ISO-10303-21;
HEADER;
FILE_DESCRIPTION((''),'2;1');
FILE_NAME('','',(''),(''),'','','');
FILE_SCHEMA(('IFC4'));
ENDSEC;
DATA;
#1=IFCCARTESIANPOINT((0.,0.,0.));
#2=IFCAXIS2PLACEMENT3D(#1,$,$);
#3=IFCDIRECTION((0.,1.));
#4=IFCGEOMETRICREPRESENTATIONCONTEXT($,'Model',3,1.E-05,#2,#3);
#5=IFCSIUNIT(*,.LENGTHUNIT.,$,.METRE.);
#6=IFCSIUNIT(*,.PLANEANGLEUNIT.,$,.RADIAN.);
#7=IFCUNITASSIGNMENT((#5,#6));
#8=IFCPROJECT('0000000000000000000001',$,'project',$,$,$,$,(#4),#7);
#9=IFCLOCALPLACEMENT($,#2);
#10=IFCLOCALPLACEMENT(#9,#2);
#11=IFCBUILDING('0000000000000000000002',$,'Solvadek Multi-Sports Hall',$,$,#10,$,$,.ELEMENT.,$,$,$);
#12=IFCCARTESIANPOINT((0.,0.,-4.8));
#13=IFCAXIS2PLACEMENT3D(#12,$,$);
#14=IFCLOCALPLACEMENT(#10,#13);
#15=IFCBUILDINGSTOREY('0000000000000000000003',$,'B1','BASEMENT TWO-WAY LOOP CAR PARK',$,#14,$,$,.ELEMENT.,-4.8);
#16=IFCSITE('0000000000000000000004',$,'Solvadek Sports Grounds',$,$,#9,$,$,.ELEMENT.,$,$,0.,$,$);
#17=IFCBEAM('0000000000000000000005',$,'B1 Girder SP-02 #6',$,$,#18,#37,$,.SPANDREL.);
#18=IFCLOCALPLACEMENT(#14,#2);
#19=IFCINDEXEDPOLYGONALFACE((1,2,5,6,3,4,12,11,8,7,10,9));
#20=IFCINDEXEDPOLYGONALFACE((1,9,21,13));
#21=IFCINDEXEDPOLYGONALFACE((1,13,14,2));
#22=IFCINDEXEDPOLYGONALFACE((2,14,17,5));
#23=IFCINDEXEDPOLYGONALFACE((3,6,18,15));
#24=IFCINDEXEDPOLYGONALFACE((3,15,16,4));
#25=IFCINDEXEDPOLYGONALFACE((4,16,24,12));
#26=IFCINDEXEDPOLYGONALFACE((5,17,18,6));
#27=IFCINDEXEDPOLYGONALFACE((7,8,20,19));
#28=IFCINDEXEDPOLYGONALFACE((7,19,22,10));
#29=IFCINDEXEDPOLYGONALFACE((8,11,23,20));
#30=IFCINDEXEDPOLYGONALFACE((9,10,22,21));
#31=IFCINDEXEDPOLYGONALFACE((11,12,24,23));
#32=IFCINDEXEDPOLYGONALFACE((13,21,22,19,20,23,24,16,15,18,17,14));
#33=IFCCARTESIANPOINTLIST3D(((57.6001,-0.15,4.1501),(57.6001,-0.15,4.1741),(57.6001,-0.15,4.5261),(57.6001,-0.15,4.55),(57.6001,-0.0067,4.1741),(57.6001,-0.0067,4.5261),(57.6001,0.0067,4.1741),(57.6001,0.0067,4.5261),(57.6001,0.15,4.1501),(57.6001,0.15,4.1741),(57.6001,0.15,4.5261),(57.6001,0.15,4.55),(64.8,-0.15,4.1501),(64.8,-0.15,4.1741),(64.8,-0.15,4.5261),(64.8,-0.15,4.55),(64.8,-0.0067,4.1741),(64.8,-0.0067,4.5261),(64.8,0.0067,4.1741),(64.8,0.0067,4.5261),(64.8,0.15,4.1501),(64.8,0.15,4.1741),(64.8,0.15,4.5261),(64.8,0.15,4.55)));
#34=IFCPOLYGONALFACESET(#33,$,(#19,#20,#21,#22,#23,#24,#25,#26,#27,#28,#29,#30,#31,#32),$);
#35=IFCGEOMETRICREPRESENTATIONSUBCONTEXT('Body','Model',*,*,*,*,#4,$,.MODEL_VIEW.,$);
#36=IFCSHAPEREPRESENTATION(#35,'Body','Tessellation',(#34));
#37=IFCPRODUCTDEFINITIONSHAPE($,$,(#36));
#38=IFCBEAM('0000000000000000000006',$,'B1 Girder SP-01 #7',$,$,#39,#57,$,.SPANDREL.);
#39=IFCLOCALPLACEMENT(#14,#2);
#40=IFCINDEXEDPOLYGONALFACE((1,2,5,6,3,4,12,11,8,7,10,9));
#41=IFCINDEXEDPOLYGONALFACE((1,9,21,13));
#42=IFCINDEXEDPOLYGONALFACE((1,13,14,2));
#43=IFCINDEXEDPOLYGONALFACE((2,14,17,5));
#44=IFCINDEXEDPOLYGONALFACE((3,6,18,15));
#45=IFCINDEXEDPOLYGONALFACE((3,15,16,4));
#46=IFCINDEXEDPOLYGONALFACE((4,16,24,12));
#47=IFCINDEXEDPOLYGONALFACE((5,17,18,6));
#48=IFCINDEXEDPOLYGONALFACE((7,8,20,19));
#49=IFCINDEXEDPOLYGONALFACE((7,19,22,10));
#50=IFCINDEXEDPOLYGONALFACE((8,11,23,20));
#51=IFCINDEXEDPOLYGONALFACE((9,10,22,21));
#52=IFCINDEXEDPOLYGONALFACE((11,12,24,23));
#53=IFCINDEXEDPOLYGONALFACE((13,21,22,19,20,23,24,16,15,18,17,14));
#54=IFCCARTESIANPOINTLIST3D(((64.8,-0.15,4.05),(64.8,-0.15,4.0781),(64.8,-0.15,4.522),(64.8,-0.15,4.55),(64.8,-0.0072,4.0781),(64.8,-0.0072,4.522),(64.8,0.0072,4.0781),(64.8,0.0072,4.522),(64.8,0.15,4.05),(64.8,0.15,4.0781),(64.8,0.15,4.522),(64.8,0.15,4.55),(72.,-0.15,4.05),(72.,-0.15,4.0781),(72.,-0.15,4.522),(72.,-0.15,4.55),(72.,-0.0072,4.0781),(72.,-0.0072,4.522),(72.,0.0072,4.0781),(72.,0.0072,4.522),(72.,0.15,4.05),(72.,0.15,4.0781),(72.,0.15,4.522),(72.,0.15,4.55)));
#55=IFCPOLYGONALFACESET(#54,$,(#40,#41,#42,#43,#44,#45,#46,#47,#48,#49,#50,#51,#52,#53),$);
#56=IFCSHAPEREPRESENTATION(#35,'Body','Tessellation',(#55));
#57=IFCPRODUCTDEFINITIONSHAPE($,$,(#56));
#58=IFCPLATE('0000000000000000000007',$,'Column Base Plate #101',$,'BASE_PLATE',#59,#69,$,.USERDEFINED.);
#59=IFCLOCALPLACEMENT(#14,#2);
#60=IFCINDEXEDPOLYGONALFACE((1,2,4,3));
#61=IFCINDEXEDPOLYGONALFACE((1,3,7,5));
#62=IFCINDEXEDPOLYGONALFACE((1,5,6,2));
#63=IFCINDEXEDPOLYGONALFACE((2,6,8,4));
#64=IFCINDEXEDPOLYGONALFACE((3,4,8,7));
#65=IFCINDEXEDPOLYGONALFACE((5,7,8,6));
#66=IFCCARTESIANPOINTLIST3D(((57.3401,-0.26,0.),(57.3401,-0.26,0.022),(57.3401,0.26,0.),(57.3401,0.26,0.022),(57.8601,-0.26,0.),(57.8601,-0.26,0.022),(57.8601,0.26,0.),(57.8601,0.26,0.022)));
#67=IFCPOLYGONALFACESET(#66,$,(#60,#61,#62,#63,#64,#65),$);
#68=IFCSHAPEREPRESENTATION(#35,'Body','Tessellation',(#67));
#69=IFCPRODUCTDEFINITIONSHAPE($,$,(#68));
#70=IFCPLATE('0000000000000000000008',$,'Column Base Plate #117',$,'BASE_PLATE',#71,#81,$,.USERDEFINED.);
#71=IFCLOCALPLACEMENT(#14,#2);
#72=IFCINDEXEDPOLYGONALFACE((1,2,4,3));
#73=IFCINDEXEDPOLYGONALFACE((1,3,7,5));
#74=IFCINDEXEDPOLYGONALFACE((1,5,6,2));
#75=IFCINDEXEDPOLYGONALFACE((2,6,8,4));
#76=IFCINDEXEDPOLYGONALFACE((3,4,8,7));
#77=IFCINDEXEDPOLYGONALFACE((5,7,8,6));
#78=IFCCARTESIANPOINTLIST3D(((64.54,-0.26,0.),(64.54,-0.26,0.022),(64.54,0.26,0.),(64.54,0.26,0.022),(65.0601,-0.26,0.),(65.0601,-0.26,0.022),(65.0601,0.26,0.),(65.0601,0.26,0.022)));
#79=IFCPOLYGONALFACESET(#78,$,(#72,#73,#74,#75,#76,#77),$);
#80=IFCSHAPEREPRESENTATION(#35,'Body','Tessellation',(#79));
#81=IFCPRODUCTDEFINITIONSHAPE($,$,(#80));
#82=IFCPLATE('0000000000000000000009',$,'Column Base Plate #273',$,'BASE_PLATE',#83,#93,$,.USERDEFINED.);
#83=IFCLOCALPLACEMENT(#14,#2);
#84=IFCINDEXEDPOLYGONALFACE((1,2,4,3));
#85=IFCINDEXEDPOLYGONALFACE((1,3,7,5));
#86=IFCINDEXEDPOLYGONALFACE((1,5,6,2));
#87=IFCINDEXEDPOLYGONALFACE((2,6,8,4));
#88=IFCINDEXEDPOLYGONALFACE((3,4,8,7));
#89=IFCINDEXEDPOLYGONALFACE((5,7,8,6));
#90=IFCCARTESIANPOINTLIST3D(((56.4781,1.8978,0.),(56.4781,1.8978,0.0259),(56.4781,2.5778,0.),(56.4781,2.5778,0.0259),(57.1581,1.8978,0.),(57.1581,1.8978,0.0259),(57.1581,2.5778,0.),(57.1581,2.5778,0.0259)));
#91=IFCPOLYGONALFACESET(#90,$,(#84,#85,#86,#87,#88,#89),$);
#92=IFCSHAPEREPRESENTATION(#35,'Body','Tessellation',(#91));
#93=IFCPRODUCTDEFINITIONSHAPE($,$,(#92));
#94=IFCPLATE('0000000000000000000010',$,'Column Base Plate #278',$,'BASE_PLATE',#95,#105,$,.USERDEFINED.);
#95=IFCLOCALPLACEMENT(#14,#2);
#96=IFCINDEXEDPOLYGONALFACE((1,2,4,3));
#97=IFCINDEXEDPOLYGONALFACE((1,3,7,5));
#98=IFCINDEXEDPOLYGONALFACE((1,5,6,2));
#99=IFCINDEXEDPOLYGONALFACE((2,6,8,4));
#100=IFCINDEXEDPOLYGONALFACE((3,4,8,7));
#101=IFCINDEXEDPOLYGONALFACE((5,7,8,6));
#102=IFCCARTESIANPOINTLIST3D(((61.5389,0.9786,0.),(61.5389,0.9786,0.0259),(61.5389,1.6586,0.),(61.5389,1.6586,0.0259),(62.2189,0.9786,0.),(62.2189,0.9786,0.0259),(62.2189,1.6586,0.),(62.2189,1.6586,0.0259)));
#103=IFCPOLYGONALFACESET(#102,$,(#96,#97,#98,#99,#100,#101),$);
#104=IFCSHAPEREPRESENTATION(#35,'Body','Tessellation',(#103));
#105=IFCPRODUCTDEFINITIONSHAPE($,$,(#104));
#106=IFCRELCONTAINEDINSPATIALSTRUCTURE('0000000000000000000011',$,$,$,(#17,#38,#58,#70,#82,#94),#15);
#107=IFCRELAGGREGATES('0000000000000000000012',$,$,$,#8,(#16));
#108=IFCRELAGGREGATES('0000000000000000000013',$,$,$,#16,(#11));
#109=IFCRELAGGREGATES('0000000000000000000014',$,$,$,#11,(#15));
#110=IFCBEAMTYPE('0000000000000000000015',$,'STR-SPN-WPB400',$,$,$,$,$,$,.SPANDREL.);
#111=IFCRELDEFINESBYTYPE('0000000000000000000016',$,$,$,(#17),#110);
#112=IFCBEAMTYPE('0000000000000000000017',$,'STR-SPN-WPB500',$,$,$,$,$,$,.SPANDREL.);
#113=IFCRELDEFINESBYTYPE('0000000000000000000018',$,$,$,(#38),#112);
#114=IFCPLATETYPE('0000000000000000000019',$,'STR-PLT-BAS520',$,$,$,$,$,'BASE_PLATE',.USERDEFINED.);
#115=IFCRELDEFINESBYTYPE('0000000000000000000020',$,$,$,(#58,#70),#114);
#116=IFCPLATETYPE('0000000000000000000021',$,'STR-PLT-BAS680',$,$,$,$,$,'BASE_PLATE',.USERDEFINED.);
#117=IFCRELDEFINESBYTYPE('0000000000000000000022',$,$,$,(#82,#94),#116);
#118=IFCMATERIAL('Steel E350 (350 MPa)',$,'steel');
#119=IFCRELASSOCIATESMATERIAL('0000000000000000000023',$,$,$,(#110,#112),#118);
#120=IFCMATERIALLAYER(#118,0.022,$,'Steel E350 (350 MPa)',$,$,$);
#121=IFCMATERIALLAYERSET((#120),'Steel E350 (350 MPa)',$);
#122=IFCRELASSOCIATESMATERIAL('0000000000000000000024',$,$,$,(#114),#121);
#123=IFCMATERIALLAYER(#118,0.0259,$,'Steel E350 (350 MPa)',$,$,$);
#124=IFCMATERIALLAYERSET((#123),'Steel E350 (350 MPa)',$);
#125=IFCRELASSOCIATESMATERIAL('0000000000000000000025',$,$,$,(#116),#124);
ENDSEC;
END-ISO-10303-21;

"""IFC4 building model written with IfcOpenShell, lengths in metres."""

from ifc_helpers import new_model, si_unit, direction, frame, origin, origin_2d, place, context, subcontext, project, spatial, rectangle, i_section, extrude, material, layer, layer_set, material_profile, profile_set, type_object, element, save


model = new_model("IFC4")

# Units and contexts
model_context = context("Model", 3, precision=1e-05, world=origin(), true_north=direction((0.0, 1.0)))
body_context = subcontext(model_context, "Body", "Model", "MODEL_VIEW")
ifc_project = project(units=[si_unit("LENGTHUNIT", "METRE"), si_unit("PLANEANGLEUNIT", "RADIAN")], contexts=[model_context])

# Site, building, storey
site_placement = place(None, origin())
site = spatial("IfcSite", under=ifc_project, at=site_placement, Name="Solvadek Sports Grounds", CompositionType="ELEMENT", RefElevation=0.0)
building_placement = place(site_placement, origin())
building = spatial("IfcBuilding", under=site, at=building_placement, Name="Solvadek Multi-Sports Hall", CompositionType="ELEMENT")
storey_placement = place(building_placement, frame((0.0, 0.0, -4.8)))
storey = spatial("IfcBuildingStorey", under=building, at=storey_placement, Name="B1", Description="BASEMENT TWO-WAY LOOP CAR PARK", CompositionType="ELEMENT", Elevation=-4.8)

# Shared definitions
ifc_material_1 = material(Name="Steel E350 (350 MPa)", Category="steel")

# Beams
ifc_material_profile_1 = material_profile(ifc_material_1, i_section(OverallWidth=0.3, OverallDepth=0.3999, WebThickness=0.0134, FlangeThickness=0.0239, at=origin_2d()), Name="WPB 400")
ifc_profile_set_1 = profile_set([ifc_material_profile_1], Name="Steel E350 (350 MPa)")
beam_type_1 = type_object("IfcBeamType", Name="STR-SPN-WPB400", PredefinedType="SPANDREL", material=ifc_profile_set_1)
beam_1_placement = place(storey_placement, frame((57.6001, 0.0, 4.3501), z_axis=(1.0, 0.0, 0.0), x_axis=(0.0, 1.0, 0.0)))
element("IfcBeam", 1, at=beam_1_placement, inside=storey, type_object=beam_type_1, Name="B1 Girder SP-02 #6", PredefinedType="SPANDREL", context=body_context, shape_type="SweptSolid", body=[
    extrude(i_section(OverallWidth=0.3, OverallDepth=0.3999, WebThickness=0.0134, FlangeThickness=0.0239, at=origin_2d()), origin(), (0.0, 0.0, 1.0), 7.2),
])
ifc_material_profile_2 = material_profile(ifc_material_1, i_section(OverallWidth=0.3, OverallDepth=0.5, WebThickness=0.0144, FlangeThickness=0.0281, at=origin_2d()), Name="WPB 500")
ifc_profile_set_2 = profile_set([ifc_material_profile_2], Name="Steel E350 (350 MPa)")
beam_type_2 = type_object("IfcBeamType", Name="STR-SPN-WPB500", PredefinedType="SPANDREL", material=ifc_profile_set_2)
beam_2_placement = place(storey_placement, frame((64.8, 0.0, 4.3), z_axis=(1.0, 0.0, 0.0), x_axis=(0.0, 1.0, 0.0)))
element("IfcBeam", 2, at=beam_2_placement, inside=storey, type_object=beam_type_2, Name="B1 Girder SP-01 #7", PredefinedType="SPANDREL", context=body_context, shape_type="SweptSolid", body=[
    extrude(i_section(OverallWidth=0.3, OverallDepth=0.5, WebThickness=0.0144, FlangeThickness=0.0281, at=origin_2d()), origin(), (0.0, 0.0, 1.0), 7.2),
])

# Plates
ifc_layer_1 = layer(ifc_material_1, 0.022, Name="Steel E350 (350 MPa)")
ifc_layer_set_1 = layer_set([ifc_layer_1], Name="Steel E350 (350 MPa)")
plate_type_1 = type_object("IfcPlateType", Name="STR-PLT-BAS520", ElementType="BASE_PLATE", PredefinedType="USERDEFINED", material=ifc_layer_set_1)
for number, where, z_axis, x_axis, name in (
    (3, (57.6001, 0.0, 0.0), (0.0, 0.0, 1.0), (1.0, 0.0, 0.0), "Column Base Plate #101"),
    (4, (64.8, 0.0, 0.0), (0.0, 0.0, 1.0), (1.0, 0.0, 0.0), "Column Base Plate #117"),
):
    element("IfcPlate", number, at=place(storey_placement, frame(where, z_axis=z_axis, x_axis=x_axis)), inside=storey, type_object=plate_type_1, Name=name, ObjectType="BASE_PLATE", PredefinedType="USERDEFINED", context=body_context, shape_type="SweptSolid", body=[
        extrude(rectangle(XDim=0.52, YDim=0.52, at=origin_2d()), origin(), (0.0, 0.0, 1.0), 0.022),
    ])
ifc_layer_2 = layer(ifc_material_1, 0.0259, Name="Steel E350 (350 MPa)")
ifc_layer_set_2 = layer_set([ifc_layer_2], Name="Steel E350 (350 MPa)")
plate_type_2 = type_object("IfcPlateType", Name="STR-PLT-BAS680", ElementType="BASE_PLATE", PredefinedType="USERDEFINED", material=ifc_layer_set_2)
for number, where, z_axis, x_axis, name in (
    (5, (56.8181, 2.2378, 0.0), (0.0, 0.0, 1.0), (1.0, 0.0, 0.0), "Column Base Plate #273"),
    (6, (61.8789, 1.3186, 0.0), (0.0, 0.0, 1.0), (1.0, 0.0, 0.0), "Column Base Plate #278"),
):
    element("IfcPlate", number, at=place(storey_placement, frame(where, z_axis=z_axis, x_axis=x_axis)), inside=storey, type_object=plate_type_2, Name=name, ObjectType="BASE_PLATE", PredefinedType="USERDEFINED", context=body_context, shape_type="SweptSolid", body=[
        extrude(rectangle(XDim=0.6799, YDim=0.6799, at=origin_2d()), origin(), (0.0, 0.0, 1.0), 0.0259),
    ])

save(model, "model.ifc")
